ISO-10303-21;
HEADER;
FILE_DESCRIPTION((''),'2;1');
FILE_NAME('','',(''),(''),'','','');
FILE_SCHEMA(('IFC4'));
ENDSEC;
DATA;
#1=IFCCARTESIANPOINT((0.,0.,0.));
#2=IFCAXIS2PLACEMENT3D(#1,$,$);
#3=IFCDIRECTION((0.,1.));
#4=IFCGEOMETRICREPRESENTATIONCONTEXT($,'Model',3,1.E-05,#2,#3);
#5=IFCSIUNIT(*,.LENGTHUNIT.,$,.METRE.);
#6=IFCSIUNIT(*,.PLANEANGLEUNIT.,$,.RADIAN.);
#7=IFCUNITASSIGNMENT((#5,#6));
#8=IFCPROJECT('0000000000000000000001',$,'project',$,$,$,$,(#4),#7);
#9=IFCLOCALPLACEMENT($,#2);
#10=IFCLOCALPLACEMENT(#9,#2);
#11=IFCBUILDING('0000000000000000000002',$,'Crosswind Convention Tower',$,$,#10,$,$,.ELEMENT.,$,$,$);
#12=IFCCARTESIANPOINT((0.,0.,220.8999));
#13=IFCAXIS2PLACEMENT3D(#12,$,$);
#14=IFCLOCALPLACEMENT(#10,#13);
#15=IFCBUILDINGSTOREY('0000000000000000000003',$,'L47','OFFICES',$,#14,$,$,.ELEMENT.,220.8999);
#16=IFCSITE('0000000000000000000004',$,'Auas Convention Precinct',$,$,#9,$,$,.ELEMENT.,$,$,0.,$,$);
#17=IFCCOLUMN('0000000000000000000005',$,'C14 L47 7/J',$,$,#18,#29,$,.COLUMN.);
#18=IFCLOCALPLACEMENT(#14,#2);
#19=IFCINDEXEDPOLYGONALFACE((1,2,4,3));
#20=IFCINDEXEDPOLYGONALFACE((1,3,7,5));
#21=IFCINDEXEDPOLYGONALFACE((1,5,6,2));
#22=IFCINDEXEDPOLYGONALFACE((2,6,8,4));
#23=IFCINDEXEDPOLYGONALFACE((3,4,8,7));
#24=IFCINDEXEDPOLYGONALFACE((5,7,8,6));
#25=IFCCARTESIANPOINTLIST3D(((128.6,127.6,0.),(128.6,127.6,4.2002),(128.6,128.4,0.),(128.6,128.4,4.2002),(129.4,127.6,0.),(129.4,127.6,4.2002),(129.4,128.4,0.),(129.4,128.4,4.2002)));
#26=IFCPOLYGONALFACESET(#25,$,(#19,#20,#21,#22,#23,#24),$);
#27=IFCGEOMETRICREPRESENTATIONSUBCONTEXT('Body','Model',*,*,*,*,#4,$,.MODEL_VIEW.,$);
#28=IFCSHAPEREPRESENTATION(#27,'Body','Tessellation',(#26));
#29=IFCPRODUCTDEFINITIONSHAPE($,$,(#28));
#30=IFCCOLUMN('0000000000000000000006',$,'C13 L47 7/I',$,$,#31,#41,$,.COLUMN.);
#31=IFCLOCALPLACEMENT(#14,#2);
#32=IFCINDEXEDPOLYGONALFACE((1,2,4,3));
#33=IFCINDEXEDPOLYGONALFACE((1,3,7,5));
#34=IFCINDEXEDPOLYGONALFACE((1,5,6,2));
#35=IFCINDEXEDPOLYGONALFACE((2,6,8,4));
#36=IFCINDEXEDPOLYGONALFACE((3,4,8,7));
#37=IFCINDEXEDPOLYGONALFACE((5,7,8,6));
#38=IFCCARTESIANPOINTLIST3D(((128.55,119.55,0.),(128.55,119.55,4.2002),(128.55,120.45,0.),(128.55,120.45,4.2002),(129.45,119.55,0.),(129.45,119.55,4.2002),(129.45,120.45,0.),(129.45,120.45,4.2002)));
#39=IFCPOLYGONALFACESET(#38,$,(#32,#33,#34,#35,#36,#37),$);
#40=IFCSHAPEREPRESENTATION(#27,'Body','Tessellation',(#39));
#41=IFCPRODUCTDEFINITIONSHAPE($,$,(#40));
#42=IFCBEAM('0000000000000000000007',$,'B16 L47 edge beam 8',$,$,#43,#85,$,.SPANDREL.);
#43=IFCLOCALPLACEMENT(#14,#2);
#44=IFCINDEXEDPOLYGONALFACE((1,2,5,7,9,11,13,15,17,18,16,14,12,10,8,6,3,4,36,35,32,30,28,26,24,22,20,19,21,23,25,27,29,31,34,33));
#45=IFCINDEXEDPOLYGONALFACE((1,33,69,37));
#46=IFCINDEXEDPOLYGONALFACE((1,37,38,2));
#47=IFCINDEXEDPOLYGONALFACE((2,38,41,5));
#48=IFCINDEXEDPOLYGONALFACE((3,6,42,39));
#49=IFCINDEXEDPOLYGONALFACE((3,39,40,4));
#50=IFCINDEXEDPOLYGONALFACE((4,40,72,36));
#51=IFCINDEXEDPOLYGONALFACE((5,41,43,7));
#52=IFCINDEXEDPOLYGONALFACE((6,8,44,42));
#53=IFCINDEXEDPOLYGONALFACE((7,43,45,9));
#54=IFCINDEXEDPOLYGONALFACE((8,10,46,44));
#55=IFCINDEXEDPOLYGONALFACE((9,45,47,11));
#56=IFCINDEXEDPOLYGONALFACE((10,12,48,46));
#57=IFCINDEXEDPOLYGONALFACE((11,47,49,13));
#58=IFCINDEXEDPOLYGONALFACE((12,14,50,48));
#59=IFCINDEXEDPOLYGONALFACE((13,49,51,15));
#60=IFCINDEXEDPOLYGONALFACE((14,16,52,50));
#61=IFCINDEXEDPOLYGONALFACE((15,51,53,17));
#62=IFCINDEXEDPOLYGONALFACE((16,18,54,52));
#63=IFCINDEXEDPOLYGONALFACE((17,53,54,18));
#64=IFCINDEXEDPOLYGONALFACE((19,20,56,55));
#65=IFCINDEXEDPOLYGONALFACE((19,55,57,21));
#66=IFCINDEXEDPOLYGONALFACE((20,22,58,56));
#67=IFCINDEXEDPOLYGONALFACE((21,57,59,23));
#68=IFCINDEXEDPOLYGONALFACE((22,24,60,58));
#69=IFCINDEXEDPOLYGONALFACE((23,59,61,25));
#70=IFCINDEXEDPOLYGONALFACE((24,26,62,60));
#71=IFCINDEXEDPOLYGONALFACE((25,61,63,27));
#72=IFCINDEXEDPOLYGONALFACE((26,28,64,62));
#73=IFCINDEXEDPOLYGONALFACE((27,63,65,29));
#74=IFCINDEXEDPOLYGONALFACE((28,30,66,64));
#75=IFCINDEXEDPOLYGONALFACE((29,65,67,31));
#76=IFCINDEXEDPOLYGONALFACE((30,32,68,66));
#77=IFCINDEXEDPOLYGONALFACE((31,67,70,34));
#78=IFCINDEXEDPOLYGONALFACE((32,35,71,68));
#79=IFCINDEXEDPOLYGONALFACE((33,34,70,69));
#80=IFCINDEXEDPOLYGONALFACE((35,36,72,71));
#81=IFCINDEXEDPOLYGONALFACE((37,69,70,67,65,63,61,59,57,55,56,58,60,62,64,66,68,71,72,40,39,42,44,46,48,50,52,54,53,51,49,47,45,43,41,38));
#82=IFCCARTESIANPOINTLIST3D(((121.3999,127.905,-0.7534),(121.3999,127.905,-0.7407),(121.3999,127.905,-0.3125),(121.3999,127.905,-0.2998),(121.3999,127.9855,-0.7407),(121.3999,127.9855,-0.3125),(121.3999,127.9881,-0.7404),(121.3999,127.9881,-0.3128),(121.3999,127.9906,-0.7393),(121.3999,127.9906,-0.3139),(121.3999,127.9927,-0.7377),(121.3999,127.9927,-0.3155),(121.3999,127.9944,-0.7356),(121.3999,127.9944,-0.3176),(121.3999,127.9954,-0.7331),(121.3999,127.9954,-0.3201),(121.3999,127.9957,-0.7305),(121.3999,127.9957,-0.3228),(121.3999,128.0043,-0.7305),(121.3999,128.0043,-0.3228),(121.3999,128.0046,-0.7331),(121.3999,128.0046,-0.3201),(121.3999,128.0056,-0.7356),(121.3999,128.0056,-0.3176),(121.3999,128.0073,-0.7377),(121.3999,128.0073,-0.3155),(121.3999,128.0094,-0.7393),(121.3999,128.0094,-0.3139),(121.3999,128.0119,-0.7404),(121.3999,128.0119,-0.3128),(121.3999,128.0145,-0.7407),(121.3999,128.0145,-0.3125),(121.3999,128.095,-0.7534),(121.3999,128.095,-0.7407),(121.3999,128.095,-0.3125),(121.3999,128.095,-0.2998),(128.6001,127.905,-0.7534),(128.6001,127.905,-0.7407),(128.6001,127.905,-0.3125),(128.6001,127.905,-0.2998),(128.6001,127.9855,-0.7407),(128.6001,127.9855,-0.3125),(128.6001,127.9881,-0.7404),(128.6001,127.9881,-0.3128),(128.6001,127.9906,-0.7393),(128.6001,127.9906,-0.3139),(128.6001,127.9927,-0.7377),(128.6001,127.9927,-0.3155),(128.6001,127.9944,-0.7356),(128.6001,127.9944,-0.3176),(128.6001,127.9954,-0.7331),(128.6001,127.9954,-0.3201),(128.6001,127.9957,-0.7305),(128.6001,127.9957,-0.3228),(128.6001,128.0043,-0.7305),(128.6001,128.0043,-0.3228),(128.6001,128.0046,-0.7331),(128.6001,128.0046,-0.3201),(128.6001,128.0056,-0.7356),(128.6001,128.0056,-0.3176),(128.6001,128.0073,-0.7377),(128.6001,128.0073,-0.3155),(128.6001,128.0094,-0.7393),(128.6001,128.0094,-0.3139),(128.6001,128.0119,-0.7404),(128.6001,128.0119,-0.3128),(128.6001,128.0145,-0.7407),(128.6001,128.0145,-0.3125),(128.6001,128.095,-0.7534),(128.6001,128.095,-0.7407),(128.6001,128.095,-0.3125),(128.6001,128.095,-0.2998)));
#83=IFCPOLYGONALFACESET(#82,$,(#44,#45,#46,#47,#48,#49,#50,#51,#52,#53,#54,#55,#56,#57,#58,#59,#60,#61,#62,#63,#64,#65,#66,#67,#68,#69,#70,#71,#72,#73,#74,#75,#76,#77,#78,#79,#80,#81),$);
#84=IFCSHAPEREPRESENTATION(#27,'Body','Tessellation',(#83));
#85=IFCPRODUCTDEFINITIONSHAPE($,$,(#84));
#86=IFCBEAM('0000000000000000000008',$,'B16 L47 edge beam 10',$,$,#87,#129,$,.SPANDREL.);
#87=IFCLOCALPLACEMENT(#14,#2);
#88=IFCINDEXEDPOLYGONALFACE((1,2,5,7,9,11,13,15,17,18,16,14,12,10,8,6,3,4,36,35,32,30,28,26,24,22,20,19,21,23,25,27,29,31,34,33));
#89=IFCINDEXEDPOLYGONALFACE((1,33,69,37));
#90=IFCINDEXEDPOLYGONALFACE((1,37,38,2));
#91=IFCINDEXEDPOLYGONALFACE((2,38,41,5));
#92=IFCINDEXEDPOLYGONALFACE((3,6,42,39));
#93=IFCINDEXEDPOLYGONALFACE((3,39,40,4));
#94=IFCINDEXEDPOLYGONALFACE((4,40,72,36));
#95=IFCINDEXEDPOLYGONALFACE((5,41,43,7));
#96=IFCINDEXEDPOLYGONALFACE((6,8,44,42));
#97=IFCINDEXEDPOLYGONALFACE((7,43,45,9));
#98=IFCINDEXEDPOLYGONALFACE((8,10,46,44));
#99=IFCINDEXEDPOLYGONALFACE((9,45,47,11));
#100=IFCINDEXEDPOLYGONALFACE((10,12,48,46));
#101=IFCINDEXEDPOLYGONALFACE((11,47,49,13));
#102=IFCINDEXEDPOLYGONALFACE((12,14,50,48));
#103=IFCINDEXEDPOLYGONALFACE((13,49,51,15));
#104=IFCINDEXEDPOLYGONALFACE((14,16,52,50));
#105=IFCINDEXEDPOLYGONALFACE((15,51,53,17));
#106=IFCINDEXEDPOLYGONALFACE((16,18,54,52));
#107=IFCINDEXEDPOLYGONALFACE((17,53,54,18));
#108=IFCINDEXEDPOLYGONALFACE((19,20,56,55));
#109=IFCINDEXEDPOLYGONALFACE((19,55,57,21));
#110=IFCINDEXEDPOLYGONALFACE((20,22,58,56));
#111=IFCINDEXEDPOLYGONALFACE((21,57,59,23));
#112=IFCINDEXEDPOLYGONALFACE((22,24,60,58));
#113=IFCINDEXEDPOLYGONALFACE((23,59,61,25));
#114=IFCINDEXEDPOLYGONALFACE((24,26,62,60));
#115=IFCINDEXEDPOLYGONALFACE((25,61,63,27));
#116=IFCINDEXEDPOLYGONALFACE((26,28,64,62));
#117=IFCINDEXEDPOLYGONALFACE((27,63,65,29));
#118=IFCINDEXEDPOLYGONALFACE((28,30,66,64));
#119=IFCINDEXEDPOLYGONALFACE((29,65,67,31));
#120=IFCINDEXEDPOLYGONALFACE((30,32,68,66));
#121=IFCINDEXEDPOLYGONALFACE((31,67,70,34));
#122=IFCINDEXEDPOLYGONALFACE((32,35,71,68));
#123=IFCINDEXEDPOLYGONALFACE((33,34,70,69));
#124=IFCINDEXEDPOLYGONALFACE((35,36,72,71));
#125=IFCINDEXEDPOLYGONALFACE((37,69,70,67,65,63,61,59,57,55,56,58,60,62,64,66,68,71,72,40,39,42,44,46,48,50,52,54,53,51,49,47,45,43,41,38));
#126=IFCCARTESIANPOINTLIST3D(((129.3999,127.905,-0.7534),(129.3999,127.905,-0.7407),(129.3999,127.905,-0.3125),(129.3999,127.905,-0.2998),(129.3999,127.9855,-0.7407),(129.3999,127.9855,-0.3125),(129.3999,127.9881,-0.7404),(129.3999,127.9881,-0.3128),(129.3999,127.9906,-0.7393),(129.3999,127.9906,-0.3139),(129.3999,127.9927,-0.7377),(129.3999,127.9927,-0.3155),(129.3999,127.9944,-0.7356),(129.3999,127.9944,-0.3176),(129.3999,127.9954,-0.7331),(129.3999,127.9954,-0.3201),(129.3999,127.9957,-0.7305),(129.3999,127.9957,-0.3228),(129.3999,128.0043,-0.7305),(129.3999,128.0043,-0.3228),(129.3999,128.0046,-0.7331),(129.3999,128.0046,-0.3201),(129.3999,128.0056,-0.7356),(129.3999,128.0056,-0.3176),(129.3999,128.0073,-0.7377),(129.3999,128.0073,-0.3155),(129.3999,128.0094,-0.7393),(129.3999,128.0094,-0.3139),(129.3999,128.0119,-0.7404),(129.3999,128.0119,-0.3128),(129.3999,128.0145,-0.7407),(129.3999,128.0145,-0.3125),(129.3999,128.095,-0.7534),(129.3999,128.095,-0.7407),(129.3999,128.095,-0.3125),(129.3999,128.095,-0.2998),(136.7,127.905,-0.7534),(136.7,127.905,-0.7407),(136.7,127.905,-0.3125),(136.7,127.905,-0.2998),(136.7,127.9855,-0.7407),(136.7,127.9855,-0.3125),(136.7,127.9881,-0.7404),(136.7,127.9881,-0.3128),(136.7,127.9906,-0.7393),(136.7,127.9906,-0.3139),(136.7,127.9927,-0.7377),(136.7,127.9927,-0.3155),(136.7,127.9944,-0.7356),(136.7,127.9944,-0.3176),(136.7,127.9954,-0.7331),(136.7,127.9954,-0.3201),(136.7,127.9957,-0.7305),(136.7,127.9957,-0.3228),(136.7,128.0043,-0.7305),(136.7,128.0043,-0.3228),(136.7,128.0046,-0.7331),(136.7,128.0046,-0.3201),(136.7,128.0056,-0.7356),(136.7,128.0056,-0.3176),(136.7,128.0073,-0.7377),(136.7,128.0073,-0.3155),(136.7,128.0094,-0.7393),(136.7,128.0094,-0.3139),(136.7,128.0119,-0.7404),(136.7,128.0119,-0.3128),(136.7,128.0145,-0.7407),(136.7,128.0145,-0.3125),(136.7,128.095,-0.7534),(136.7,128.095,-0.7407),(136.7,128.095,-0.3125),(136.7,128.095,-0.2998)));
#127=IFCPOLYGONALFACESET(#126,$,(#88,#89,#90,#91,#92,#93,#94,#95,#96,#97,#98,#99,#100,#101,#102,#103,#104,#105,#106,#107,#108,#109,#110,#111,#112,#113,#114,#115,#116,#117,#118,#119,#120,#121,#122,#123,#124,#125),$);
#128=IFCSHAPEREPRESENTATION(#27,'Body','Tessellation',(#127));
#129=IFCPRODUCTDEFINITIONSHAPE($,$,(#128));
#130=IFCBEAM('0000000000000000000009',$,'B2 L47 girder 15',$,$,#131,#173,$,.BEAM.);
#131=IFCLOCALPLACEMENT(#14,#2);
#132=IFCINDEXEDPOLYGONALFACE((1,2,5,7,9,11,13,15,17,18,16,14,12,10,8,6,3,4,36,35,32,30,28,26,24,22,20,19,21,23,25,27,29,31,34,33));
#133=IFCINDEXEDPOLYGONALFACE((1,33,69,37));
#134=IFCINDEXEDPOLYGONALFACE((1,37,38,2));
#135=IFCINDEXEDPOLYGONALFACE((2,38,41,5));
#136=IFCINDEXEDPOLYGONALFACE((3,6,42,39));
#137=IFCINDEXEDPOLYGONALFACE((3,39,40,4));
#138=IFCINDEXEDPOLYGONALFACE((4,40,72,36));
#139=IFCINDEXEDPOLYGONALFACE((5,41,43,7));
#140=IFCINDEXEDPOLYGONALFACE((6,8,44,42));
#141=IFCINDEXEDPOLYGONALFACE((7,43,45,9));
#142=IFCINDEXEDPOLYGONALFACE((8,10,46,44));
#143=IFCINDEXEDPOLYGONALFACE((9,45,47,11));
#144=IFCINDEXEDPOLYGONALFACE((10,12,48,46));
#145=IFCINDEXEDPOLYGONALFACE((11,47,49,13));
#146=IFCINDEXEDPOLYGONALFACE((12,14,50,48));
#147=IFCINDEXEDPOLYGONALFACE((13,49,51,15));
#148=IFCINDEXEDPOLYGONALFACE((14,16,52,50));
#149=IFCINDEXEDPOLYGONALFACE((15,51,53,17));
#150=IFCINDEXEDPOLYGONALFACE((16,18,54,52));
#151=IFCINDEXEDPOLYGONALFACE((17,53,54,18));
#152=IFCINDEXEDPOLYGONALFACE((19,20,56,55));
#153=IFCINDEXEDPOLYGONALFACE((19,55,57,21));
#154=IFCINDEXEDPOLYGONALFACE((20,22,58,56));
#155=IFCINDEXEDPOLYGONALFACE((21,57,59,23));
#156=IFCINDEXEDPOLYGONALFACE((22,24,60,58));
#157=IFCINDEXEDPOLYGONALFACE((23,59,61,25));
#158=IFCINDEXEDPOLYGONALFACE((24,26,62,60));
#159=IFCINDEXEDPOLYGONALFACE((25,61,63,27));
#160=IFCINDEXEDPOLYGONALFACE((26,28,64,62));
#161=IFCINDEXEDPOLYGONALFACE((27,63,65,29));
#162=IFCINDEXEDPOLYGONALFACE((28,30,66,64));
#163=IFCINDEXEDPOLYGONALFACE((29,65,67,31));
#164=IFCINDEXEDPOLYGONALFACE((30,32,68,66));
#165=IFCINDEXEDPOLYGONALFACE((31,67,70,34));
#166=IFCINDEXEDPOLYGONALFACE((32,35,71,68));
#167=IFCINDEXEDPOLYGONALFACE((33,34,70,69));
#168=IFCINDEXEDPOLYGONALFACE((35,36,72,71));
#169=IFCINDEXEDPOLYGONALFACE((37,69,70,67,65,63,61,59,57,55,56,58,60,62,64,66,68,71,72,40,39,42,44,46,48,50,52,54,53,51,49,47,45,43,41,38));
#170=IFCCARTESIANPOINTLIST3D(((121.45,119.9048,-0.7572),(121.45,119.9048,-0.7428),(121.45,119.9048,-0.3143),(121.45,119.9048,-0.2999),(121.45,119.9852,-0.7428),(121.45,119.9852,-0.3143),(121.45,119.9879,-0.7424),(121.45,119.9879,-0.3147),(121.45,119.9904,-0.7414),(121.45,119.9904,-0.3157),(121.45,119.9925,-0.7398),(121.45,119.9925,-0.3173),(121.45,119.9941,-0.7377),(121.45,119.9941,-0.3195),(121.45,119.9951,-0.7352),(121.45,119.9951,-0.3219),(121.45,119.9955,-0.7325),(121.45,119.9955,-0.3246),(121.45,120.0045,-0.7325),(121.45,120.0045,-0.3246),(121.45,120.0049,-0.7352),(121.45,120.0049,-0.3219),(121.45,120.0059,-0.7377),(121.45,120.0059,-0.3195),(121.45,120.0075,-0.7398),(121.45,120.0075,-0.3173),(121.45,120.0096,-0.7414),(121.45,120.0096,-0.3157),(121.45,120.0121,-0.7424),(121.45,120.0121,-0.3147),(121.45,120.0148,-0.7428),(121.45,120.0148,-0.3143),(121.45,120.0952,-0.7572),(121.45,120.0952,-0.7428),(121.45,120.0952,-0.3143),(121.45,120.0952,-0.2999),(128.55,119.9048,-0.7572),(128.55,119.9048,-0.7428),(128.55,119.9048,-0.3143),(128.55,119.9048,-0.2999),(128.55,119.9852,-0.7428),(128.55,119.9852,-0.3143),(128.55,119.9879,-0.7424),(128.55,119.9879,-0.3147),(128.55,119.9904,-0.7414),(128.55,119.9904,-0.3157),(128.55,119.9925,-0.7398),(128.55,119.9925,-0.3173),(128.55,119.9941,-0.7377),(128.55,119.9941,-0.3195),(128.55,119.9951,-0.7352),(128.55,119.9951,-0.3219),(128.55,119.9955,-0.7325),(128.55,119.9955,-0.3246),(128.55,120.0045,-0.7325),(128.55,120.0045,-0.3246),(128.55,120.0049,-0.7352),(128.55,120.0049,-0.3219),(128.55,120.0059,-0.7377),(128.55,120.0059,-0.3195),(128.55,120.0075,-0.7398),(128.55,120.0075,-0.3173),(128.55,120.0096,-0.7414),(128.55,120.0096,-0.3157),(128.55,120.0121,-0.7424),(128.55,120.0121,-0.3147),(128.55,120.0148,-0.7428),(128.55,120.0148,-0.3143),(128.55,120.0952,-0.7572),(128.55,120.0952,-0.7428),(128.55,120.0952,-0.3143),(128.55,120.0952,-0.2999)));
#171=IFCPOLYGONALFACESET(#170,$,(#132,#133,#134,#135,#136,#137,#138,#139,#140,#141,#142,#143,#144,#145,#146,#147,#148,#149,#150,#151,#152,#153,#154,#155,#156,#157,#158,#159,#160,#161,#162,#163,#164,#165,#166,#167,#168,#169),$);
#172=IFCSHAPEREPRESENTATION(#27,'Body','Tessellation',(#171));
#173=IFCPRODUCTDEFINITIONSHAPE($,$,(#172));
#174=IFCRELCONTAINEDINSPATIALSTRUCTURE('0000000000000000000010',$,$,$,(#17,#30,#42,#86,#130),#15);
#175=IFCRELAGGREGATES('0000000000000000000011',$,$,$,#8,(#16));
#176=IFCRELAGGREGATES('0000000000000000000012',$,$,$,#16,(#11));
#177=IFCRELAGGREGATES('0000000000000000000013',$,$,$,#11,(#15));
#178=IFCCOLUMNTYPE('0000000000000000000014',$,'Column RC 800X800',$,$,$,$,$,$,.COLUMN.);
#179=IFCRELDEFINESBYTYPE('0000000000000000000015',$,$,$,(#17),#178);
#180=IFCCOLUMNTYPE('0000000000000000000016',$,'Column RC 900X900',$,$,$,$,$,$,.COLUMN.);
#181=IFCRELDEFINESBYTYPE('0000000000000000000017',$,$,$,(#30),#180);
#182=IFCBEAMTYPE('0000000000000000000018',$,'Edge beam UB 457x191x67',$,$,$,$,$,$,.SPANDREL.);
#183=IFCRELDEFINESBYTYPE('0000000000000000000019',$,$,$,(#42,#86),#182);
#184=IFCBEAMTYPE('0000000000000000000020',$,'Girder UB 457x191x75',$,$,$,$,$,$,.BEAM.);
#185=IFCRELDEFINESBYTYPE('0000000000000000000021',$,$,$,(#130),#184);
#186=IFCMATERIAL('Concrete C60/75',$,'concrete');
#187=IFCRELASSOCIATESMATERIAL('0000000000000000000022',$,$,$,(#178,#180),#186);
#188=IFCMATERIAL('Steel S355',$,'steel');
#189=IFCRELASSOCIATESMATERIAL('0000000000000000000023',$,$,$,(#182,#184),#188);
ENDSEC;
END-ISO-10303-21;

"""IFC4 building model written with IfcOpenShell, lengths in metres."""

from ifc_helpers import new_model, si_unit, direction, frame, origin, origin_2d, place, context, subcontext, project, spatial, rectangle, i_section, extrude, material, material_profile, profile_set, type_object, element, save


model = new_model("IFC4")

# Units and contexts
model_context = context("Model", 3, precision=1e-05, world=origin(), true_north=direction((0.0, 1.0)))
body_context = subcontext(model_context, "Body", "Model", "MODEL_VIEW")
ifc_project = project(units=[si_unit("LENGTHUNIT", "METRE"), si_unit("PLANEANGLEUNIT", "RADIAN")], contexts=[model_context])

# Site, building, storey
site_placement = place(None, origin())
site = spatial("IfcSite", under=ifc_project, at=site_placement, Name="Auas Convention Precinct", CompositionType="ELEMENT", RefElevation=0.0)
building_placement = place(site_placement, origin())
building = spatial("IfcBuilding", under=site, at=building_placement, Name="Crosswind Convention Tower", CompositionType="ELEMENT")
storey_placement = place(building_placement, frame((0.0, 0.0, 220.8999)))
storey = spatial("IfcBuildingStorey", under=building, at=storey_placement, Name="L47", Description="OFFICES", CompositionType="ELEMENT", Elevation=220.8999)

# Columns
ifc_material_1 = material(Name="Concrete C60/75", Category="concrete")
ifc_material_profile_1 = material_profile(ifc_material_1, rectangle(XDim=0.8, YDim=0.8, at=origin_2d()), Name="RC 800X800")
ifc_profile_set_1 = profile_set([ifc_material_profile_1], Name="Concrete C60/75")
column_type_1 = type_object("IfcColumnType", Name="Column RC 800X800", PredefinedType="COLUMN", material=ifc_profile_set_1)
column_1_placement = place(storey_placement, frame((129.0, 128.0, 0.0), z_axis=(0.0, 0.0, 1.0), x_axis=(1.0, 0.0, 0.0)))
element("IfcColumn", 1, at=column_1_placement, inside=storey, type_object=column_type_1, Name="C14 L47 7/J", PredefinedType="COLUMN", context=body_context, shape_type="SweptSolid", body=[
    extrude(rectangle(XDim=0.8, YDim=0.8, at=origin_2d()), origin(), (0.0, 0.0, 1.0), 4.2002),
])
ifc_material_profile_2 = material_profile(ifc_material_1, rectangle(XDim=0.8999, YDim=0.8999, at=origin_2d()), Name="RC 900X900")
ifc_profile_set_2 = profile_set([ifc_material_profile_2], Name="Concrete C60/75")
column_type_2 = type_object("IfcColumnType", Name="Column RC 900X900", PredefinedType="COLUMN", material=ifc_profile_set_2)
column_2_placement = place(storey_placement, frame((129.0, 120.0, 0.0), z_axis=(0.0, 0.0, 1.0), x_axis=(1.0, 0.0, 0.0)))
element("IfcColumn", 2, at=column_2_placement, inside=storey, type_object=column_type_2, Name="C13 L47 7/I", PredefinedType="COLUMN", context=body_context, shape_type="SweptSolid", body=[
    extrude(rectangle(XDim=0.8999, YDim=0.8999, at=origin_2d()), origin(), (0.0, 0.0, 1.0), 4.2002),
])

# Beams
ifc_material_2 = material(Name="Steel S355", Category="steel")
ifc_material_profile_3 = material_profile(ifc_material_2, i_section(OverallWidth=0.1899, OverallDepth=0.4536, WebThickness=0.0085, FlangeThickness=0.0127, FilletRadius=0.0103, at=origin_2d()), Name="UB 457x191x67")
ifc_profile_set_3 = profile_set([ifc_material_profile_3], Name="Steel S355")
beam_type_1 = type_object("IfcBeamType", Name="Edge beam UB 457x191x67", PredefinedType="SPANDREL", material=ifc_profile_set_3)
beam_1_placement = place(storey_placement, frame((121.3999, 128.0, -0.5266), z_axis=(1.0, 0.0, 0.0), x_axis=(0.0, 1.0, 0.0)))
element("IfcBeam", 3, at=beam_1_placement, inside=storey, type_object=beam_type_1, Name="B16 L47 edge beam 8", PredefinedType="SPANDREL", context=body_context, shape_type="SweptSolid", body=[
    extrude(i_section(OverallWidth=0.1899, OverallDepth=0.4536, WebThickness=0.0085, FlangeThickness=0.0127, FilletRadius=0.0103, at=origin_2d()), origin(), (0.0, 0.0, 1.0), 7.2002),
])
beam_2_placement = place(storey_placement, frame((129.3999, 128.0, -0.5266), z_axis=(1.0, 0.0, 0.0), x_axis=(0.0, 1.0, 0.0)))
element("IfcBeam", 4, at=beam_2_placement, inside=storey, type_object=beam_type_1, Name="B16 L47 edge beam 10", PredefinedType="SPANDREL", context=body_context, shape_type="SweptSolid", body=[
    extrude(i_section(OverallWidth=0.1899, OverallDepth=0.4536, WebThickness=0.0085, FlangeThickness=0.0127, FilletRadius=0.0103, at=origin_2d()), origin(), (0.0, 0.0, 1.0), 7.3),
])
ifc_material_profile_4 = material_profile(ifc_material_2, i_section(OverallWidth=0.1904, OverallDepth=0.4573, WebThickness=0.009, FlangeThickness=0.0144, FilletRadius=0.0103, at=origin_2d()), Name="UB 457x191x75")
ifc_profile_set_4 = profile_set([ifc_material_profile_4], Name="Steel S355")
beam_type_2 = type_object("IfcBeamType", Name="Girder UB 457x191x75", PredefinedType="BEAM", material=ifc_profile_set_4)
beam_3_placement = place(storey_placement, frame((121.45, 120.0, -0.5286), z_axis=(1.0, 0.0, 0.0), x_axis=(0.0, 1.0, 0.0)))
element("IfcBeam", 5, at=beam_3_placement, inside=storey, type_object=beam_type_2, Name="B2 L47 girder 15", PredefinedType="BEAM", context=body_context, shape_type="SweptSolid", body=[
    extrude(i_section(OverallWidth=0.1904, OverallDepth=0.4573, WebThickness=0.009, FlangeThickness=0.0144, FilletRadius=0.0103, at=origin_2d()), origin(), (0.0, 0.0, 1.0), 7.1001),
])

save(model, "model.ifc")
